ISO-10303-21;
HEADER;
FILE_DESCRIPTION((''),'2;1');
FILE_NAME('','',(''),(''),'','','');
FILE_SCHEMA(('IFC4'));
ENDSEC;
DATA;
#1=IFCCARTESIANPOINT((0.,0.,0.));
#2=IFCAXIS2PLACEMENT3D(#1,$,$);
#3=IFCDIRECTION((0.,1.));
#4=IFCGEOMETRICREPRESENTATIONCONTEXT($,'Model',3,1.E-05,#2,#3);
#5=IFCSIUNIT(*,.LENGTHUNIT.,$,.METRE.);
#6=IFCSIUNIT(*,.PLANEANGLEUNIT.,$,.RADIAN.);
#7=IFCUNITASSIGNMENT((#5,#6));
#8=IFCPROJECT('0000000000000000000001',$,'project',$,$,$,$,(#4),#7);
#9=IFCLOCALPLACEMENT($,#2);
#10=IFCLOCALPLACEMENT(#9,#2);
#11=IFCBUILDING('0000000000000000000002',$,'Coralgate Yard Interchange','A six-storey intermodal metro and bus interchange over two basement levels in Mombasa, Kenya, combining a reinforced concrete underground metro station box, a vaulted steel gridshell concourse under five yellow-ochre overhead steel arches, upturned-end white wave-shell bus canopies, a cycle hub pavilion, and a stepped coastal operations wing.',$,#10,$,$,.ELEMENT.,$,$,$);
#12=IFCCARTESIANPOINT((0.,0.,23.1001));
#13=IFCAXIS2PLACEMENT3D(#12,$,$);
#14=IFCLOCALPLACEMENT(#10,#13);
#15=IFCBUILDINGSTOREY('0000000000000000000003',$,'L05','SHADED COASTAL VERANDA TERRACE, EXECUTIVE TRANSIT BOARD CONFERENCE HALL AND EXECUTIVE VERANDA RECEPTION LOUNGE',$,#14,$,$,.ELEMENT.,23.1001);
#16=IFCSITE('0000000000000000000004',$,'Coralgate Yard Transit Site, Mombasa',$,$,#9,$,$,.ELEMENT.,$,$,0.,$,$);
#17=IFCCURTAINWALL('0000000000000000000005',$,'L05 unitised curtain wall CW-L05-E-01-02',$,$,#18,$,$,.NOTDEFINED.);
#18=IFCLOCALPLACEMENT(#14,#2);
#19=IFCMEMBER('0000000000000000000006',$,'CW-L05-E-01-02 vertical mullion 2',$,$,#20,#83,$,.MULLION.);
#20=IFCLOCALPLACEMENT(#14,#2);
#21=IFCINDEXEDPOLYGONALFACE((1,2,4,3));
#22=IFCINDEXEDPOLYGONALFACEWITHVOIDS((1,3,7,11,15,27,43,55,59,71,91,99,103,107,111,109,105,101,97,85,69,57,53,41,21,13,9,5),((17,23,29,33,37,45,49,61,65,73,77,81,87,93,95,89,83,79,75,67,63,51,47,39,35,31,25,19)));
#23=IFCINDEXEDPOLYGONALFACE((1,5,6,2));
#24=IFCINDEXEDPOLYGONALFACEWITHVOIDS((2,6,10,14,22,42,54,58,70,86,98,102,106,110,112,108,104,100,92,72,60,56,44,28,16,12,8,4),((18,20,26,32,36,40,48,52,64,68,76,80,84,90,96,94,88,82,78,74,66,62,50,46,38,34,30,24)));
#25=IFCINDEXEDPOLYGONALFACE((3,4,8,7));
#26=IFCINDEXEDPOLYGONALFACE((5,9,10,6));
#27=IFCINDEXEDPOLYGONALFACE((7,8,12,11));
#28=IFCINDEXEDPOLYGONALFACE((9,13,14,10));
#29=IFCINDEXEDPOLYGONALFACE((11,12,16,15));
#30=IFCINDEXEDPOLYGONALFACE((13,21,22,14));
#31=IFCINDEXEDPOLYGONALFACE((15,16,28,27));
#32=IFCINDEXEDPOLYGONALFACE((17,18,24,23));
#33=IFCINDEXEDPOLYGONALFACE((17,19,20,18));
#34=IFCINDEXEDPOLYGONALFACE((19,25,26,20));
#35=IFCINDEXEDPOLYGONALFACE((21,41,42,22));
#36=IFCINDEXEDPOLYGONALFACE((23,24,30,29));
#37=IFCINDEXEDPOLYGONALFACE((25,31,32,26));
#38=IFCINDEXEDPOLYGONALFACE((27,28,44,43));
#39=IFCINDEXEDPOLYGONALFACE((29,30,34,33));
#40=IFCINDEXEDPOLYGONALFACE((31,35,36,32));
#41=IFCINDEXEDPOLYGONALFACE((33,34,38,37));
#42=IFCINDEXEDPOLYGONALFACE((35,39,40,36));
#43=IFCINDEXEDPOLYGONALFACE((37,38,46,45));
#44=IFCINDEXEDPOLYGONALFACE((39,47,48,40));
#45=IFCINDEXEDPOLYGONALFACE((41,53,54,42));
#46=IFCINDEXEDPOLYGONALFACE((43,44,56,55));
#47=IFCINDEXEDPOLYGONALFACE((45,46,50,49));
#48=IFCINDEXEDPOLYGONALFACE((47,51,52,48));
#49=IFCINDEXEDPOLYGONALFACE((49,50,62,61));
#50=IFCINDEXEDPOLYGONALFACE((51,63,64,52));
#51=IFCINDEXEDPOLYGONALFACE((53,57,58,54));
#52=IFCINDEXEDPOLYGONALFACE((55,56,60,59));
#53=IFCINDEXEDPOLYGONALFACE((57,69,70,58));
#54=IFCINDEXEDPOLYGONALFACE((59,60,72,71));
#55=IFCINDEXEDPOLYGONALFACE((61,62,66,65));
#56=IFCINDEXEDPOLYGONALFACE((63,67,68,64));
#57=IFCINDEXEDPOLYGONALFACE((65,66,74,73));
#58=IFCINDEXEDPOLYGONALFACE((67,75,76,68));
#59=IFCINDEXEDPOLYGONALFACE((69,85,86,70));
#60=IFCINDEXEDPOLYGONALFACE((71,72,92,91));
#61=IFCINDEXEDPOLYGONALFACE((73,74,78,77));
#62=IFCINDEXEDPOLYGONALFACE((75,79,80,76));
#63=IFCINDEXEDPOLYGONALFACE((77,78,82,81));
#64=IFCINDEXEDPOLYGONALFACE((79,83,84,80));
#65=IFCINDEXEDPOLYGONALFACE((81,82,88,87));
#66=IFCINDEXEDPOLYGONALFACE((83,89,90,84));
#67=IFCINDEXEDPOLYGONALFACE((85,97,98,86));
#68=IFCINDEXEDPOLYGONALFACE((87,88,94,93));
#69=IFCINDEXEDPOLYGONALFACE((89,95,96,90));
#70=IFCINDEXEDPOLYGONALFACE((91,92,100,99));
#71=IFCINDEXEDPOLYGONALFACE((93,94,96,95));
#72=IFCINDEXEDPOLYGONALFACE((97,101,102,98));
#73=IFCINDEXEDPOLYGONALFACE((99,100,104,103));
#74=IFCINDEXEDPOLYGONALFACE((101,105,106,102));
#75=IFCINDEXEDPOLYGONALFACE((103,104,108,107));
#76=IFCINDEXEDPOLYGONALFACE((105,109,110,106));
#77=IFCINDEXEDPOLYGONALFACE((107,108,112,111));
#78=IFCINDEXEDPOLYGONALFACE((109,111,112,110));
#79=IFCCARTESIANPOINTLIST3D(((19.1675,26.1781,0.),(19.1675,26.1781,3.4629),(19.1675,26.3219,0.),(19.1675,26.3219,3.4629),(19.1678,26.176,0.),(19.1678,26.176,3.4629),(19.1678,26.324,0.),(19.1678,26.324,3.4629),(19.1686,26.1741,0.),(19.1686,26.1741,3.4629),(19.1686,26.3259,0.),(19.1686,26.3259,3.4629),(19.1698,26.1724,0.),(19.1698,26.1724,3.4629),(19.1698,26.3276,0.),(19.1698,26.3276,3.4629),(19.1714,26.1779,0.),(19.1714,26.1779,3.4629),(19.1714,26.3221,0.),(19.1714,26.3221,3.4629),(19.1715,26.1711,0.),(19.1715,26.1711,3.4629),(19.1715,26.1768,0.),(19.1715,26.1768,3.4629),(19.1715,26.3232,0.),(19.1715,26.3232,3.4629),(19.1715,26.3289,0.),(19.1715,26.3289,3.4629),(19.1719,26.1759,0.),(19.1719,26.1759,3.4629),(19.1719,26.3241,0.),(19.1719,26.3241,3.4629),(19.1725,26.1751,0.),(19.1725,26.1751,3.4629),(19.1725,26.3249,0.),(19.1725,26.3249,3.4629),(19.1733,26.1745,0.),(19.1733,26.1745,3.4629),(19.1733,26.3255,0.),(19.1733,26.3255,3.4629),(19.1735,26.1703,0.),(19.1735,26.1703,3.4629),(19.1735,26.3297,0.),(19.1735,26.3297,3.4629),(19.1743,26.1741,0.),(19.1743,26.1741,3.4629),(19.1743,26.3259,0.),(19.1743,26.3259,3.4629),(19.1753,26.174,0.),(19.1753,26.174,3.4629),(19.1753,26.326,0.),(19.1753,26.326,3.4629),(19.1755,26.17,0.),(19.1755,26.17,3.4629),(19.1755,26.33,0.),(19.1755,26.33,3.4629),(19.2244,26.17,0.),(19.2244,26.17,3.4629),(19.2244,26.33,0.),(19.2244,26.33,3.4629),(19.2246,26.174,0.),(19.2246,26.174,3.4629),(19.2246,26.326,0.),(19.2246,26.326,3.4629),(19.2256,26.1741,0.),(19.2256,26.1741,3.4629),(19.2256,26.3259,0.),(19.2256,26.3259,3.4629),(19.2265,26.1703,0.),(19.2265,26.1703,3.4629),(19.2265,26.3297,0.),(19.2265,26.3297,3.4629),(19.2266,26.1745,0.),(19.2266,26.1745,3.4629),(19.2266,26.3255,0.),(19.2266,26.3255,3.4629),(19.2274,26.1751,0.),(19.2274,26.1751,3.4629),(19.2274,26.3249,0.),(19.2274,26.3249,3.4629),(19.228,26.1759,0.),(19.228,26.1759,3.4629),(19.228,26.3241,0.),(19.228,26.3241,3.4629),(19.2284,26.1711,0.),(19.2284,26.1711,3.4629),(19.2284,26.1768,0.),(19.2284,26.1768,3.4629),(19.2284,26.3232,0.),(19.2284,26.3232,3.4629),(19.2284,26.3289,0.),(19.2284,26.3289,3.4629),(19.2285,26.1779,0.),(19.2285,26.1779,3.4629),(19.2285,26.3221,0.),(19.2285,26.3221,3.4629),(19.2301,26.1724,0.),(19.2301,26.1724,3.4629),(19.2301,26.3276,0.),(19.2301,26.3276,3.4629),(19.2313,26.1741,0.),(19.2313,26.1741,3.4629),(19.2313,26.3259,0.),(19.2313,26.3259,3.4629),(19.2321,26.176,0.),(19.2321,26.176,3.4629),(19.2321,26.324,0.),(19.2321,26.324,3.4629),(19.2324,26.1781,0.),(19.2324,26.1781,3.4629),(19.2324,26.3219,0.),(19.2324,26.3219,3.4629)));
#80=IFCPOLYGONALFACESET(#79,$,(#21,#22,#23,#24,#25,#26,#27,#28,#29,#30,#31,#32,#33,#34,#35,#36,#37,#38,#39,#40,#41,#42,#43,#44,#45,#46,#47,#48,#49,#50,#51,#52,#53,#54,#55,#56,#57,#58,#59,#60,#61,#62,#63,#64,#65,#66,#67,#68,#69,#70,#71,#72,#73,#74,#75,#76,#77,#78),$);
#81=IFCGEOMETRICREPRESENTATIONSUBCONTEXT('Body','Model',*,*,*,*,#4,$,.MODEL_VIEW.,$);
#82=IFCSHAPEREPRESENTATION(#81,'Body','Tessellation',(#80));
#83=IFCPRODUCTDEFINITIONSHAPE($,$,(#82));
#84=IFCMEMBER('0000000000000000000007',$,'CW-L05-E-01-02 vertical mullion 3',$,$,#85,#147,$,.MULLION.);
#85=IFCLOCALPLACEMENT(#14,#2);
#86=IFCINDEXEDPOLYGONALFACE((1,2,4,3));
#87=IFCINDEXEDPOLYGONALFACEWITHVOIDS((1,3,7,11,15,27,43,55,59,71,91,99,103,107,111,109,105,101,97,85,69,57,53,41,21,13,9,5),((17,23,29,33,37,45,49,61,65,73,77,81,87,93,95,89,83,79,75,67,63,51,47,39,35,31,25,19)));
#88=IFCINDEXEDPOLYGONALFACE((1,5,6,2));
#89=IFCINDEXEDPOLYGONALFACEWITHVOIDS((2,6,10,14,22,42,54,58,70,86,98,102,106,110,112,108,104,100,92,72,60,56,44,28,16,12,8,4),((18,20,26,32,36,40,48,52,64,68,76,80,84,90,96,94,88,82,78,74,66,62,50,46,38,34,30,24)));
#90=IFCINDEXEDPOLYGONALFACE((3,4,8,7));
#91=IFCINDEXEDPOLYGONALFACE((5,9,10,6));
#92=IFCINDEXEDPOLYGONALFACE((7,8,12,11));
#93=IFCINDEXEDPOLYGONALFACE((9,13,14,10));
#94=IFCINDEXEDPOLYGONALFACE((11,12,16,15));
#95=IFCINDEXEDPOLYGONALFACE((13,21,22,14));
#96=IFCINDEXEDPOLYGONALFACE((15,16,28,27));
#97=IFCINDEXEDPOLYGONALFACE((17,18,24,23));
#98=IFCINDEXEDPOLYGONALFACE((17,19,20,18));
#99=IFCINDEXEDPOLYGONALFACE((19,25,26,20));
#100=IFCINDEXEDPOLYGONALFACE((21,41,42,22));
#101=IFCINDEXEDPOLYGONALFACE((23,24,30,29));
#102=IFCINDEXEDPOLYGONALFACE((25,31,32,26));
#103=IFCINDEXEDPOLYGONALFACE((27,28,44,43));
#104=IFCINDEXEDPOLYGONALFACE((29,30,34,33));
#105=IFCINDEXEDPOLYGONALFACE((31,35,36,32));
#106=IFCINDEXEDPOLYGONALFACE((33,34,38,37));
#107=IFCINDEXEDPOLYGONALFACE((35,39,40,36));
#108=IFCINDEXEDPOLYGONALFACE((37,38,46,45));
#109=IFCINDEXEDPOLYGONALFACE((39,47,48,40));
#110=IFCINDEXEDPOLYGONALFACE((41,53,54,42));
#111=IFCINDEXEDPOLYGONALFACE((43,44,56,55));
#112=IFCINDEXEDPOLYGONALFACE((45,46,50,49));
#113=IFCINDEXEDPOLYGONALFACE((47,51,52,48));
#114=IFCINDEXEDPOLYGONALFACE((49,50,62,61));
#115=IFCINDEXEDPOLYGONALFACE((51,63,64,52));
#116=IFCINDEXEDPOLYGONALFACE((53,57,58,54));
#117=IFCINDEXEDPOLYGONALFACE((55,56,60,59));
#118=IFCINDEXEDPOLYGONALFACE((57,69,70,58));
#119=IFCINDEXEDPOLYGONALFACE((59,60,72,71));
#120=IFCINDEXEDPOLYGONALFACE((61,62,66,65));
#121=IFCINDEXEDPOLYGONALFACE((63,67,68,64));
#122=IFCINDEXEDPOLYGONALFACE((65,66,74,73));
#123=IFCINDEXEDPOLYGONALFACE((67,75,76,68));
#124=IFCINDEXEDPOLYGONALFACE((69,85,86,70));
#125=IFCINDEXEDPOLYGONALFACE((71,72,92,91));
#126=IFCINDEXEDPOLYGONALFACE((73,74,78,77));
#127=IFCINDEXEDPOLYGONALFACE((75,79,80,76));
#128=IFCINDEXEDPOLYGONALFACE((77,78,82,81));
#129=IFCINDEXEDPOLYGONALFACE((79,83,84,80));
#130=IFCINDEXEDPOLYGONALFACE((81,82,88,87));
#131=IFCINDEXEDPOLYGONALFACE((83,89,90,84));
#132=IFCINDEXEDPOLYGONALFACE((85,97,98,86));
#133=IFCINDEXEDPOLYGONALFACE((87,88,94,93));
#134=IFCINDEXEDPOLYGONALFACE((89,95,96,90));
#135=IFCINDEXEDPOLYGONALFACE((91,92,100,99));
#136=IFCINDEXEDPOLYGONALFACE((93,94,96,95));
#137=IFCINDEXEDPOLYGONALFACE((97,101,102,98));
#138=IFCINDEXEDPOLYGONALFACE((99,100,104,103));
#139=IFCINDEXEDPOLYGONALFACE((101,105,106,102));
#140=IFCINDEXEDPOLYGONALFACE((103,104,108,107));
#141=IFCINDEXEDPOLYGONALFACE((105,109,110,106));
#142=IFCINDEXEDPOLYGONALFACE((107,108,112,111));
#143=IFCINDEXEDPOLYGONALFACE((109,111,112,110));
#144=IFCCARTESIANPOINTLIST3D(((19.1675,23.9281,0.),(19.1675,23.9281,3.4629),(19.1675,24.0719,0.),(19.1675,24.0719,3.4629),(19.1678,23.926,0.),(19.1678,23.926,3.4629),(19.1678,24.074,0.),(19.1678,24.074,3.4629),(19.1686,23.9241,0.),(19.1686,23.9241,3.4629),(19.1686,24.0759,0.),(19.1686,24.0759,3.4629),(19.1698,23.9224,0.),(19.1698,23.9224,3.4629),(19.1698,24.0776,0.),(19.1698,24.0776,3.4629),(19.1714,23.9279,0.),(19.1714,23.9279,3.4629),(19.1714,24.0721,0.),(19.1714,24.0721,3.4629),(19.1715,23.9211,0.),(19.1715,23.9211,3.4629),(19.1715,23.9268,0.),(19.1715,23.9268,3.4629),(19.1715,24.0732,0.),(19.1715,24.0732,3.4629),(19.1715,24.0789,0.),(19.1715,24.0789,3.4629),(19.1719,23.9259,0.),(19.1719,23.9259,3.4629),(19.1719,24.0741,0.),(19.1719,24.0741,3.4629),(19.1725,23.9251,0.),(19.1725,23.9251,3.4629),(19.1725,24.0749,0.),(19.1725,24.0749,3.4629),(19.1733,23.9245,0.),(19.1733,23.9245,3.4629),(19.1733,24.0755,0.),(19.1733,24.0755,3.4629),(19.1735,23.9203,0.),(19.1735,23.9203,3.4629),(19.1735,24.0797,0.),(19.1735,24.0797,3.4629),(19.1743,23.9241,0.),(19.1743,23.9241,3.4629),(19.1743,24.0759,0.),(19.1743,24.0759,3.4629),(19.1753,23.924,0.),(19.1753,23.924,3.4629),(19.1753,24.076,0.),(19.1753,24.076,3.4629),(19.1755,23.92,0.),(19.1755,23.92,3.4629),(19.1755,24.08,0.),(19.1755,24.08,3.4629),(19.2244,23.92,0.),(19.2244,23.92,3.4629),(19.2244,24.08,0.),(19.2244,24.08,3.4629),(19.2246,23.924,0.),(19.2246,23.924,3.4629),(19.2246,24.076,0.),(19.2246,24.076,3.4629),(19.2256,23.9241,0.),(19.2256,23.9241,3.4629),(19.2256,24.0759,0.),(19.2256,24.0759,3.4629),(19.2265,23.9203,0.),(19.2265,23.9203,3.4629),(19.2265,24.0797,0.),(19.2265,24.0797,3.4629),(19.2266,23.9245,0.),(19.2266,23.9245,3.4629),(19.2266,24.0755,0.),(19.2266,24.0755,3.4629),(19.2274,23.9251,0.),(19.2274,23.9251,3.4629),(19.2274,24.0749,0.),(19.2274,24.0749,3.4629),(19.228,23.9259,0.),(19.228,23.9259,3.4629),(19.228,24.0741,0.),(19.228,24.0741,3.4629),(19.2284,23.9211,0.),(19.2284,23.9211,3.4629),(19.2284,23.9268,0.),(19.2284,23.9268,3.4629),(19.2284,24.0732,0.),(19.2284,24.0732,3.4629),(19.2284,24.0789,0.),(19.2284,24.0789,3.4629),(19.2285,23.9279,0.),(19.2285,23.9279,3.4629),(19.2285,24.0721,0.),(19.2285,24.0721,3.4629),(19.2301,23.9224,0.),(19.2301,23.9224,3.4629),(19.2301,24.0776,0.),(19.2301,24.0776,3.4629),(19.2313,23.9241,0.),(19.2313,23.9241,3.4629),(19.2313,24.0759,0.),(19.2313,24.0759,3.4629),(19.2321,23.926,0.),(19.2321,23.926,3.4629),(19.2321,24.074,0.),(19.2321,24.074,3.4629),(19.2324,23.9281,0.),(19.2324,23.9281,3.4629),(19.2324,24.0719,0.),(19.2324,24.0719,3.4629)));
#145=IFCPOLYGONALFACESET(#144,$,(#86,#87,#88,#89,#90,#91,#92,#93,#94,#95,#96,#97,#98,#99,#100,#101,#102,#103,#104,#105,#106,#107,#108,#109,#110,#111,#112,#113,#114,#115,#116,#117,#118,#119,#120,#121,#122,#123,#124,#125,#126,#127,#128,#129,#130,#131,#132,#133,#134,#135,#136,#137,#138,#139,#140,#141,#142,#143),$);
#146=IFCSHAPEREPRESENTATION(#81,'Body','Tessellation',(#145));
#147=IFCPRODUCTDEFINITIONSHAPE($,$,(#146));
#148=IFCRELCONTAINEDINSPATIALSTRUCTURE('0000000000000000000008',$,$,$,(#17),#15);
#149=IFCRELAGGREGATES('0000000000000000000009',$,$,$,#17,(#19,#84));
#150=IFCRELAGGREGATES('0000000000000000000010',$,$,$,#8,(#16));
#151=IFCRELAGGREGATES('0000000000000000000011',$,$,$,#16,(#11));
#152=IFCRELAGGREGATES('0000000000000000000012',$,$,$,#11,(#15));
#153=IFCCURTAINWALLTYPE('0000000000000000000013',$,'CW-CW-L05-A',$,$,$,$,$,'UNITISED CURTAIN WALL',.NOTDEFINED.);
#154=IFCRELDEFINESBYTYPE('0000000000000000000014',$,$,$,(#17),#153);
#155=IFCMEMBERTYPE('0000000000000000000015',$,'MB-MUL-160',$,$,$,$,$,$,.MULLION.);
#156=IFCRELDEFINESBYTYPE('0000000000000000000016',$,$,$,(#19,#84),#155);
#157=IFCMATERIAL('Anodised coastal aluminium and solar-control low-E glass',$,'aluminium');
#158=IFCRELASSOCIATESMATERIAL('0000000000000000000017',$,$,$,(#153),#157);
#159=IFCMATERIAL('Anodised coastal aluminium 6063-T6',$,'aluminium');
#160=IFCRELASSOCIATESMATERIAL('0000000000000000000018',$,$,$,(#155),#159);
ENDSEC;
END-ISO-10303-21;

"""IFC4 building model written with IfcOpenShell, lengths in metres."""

from ifc_helpers import new_model, si_unit, direction, frame, origin, origin_2d, place, context, subcontext, project, spatial, hollow_rectangle, extrude, material, material_profile, profile_set, type_object, element, aggregate, save


model = new_model("IFC4")

# Units and contexts
model_context = context("Model", 3, precision=1e-05, world=origin(), true_north=direction((0.0, 1.0)))
body_context = subcontext(model_context, "Body", "Model", "MODEL_VIEW")
ifc_project = project(units=[si_unit("LENGTHUNIT", "METRE"), si_unit("PLANEANGLEUNIT", "RADIAN")], contexts=[model_context])

# Site, building, storey
site_placement = place(None, origin())
site = spatial("IfcSite", under=ifc_project, at=site_placement, Name="Coralgate Yard Transit Site, Mombasa", CompositionType="ELEMENT", RefElevation=0.0)
building_placement = place(site_placement, origin())
building = spatial("IfcBuilding", under=site, at=building_placement, Name="Coralgate Yard Interchange", Description="A six-storey intermodal metro and bus interchange over two basement levels in Mombasa, Kenya, combining a reinforced concrete underground metro station box, a vaulted steel gridshell concourse under five yellow-ochre overhead steel arches, upturned-end white wave-shell bus canopies, a cycle hub pavilion, and a stepped coastal operations wing.", CompositionType="ELEMENT")
storey_placement = place(building_placement, frame((0.0, 0.0, 23.1001)))
storey = spatial("IfcBuildingStorey", under=building, at=storey_placement, Name="L05", Description="SHADED COASTAL VERANDA TERRACE, EXECUTIVE TRANSIT BOARD CONFERENCE HALL AND EXECUTIVE VERANDA RECEPTION LOUNGE", CompositionType="ELEMENT", Elevation=23.1001)

# Curtain wall, members
ifc_material_1 = material(Name="Anodised coastal aluminium and solar-control low-E glass", Category="aluminium")
curtain_wall_type = type_object("IfcCurtainWallType", Name="CW-CW-L05-A", ElementType="UNITISED CURTAIN WALL", PredefinedType="NOTDEFINED", material=ifc_material_1)
curtain_wall_placement = place(storey_placement, origin())
curtain_wall = element("IfcCurtainWall", 1, at=curtain_wall_placement, inside=storey, type_object=curtain_wall_type, Name="L05 unitised curtain wall CW-L05-E-01-02", PredefinedType="NOTDEFINED")
ifc_material_2 = material(Name="Anodised coastal aluminium 6063-T6", Category="aluminium")
ifc_material_profile_1 = material_profile(ifc_material_2, hollow_rectangle(XDim=0.0649, YDim=0.1599, WallThickness=0.0039, InnerFilletRadius=0.0039, OuterFilletRadius=0.0081, at=origin_2d()), Name="ALU 65x160x4")
ifc_profile_set_1 = profile_set([ifc_material_profile_1], Name="Anodised coastal aluminium 6063-T6")
member_type_1 = type_object("IfcMemberType", Name="MB-MUL-160", PredefinedType="MULLION", material=ifc_profile_set_1)
member_1_placement = place(storey_placement, frame((19.2, 26.25, 0.0), z_axis=(0.0, 0.0, 1.0), x_axis=(1.0, 0.0, 0.0)))
member_1 = element("IfcMember", 2, at=member_1_placement, type_object=member_type_1, Name="CW-L05-E-01-02 vertical mullion 2", PredefinedType="MULLION", context=body_context, shape_type="SweptSolid", body=[
    extrude(hollow_rectangle(XDim=0.0649, YDim=0.1599, WallThickness=0.0039, InnerFilletRadius=0.0039, OuterFilletRadius=0.0081, at=origin_2d()), origin(), (0.0, 0.0, 1.0), 3.4629),
])
member_2_placement = place(storey_placement, frame((19.2, 24.0, 0.0), z_axis=(0.0, 0.0, 1.0), x_axis=(1.0, 0.0, 0.0)))
member_2 = element("IfcMember", 3, at=member_2_placement, type_object=member_type_1, Name="CW-L05-E-01-02 vertical mullion 3", PredefinedType="MULLION", context=body_context, shape_type="SweptSolid", body=[
    extrude(hollow_rectangle(XDim=0.0649, YDim=0.1599, WallThickness=0.0039, InnerFilletRadius=0.0039, OuterFilletRadius=0.0081, at=origin_2d()), origin(), (0.0, 0.0, 1.0), 3.4629),
])
aggregate(curtain_wall, [member_1, member_2])

save(model, "model.ifc")
